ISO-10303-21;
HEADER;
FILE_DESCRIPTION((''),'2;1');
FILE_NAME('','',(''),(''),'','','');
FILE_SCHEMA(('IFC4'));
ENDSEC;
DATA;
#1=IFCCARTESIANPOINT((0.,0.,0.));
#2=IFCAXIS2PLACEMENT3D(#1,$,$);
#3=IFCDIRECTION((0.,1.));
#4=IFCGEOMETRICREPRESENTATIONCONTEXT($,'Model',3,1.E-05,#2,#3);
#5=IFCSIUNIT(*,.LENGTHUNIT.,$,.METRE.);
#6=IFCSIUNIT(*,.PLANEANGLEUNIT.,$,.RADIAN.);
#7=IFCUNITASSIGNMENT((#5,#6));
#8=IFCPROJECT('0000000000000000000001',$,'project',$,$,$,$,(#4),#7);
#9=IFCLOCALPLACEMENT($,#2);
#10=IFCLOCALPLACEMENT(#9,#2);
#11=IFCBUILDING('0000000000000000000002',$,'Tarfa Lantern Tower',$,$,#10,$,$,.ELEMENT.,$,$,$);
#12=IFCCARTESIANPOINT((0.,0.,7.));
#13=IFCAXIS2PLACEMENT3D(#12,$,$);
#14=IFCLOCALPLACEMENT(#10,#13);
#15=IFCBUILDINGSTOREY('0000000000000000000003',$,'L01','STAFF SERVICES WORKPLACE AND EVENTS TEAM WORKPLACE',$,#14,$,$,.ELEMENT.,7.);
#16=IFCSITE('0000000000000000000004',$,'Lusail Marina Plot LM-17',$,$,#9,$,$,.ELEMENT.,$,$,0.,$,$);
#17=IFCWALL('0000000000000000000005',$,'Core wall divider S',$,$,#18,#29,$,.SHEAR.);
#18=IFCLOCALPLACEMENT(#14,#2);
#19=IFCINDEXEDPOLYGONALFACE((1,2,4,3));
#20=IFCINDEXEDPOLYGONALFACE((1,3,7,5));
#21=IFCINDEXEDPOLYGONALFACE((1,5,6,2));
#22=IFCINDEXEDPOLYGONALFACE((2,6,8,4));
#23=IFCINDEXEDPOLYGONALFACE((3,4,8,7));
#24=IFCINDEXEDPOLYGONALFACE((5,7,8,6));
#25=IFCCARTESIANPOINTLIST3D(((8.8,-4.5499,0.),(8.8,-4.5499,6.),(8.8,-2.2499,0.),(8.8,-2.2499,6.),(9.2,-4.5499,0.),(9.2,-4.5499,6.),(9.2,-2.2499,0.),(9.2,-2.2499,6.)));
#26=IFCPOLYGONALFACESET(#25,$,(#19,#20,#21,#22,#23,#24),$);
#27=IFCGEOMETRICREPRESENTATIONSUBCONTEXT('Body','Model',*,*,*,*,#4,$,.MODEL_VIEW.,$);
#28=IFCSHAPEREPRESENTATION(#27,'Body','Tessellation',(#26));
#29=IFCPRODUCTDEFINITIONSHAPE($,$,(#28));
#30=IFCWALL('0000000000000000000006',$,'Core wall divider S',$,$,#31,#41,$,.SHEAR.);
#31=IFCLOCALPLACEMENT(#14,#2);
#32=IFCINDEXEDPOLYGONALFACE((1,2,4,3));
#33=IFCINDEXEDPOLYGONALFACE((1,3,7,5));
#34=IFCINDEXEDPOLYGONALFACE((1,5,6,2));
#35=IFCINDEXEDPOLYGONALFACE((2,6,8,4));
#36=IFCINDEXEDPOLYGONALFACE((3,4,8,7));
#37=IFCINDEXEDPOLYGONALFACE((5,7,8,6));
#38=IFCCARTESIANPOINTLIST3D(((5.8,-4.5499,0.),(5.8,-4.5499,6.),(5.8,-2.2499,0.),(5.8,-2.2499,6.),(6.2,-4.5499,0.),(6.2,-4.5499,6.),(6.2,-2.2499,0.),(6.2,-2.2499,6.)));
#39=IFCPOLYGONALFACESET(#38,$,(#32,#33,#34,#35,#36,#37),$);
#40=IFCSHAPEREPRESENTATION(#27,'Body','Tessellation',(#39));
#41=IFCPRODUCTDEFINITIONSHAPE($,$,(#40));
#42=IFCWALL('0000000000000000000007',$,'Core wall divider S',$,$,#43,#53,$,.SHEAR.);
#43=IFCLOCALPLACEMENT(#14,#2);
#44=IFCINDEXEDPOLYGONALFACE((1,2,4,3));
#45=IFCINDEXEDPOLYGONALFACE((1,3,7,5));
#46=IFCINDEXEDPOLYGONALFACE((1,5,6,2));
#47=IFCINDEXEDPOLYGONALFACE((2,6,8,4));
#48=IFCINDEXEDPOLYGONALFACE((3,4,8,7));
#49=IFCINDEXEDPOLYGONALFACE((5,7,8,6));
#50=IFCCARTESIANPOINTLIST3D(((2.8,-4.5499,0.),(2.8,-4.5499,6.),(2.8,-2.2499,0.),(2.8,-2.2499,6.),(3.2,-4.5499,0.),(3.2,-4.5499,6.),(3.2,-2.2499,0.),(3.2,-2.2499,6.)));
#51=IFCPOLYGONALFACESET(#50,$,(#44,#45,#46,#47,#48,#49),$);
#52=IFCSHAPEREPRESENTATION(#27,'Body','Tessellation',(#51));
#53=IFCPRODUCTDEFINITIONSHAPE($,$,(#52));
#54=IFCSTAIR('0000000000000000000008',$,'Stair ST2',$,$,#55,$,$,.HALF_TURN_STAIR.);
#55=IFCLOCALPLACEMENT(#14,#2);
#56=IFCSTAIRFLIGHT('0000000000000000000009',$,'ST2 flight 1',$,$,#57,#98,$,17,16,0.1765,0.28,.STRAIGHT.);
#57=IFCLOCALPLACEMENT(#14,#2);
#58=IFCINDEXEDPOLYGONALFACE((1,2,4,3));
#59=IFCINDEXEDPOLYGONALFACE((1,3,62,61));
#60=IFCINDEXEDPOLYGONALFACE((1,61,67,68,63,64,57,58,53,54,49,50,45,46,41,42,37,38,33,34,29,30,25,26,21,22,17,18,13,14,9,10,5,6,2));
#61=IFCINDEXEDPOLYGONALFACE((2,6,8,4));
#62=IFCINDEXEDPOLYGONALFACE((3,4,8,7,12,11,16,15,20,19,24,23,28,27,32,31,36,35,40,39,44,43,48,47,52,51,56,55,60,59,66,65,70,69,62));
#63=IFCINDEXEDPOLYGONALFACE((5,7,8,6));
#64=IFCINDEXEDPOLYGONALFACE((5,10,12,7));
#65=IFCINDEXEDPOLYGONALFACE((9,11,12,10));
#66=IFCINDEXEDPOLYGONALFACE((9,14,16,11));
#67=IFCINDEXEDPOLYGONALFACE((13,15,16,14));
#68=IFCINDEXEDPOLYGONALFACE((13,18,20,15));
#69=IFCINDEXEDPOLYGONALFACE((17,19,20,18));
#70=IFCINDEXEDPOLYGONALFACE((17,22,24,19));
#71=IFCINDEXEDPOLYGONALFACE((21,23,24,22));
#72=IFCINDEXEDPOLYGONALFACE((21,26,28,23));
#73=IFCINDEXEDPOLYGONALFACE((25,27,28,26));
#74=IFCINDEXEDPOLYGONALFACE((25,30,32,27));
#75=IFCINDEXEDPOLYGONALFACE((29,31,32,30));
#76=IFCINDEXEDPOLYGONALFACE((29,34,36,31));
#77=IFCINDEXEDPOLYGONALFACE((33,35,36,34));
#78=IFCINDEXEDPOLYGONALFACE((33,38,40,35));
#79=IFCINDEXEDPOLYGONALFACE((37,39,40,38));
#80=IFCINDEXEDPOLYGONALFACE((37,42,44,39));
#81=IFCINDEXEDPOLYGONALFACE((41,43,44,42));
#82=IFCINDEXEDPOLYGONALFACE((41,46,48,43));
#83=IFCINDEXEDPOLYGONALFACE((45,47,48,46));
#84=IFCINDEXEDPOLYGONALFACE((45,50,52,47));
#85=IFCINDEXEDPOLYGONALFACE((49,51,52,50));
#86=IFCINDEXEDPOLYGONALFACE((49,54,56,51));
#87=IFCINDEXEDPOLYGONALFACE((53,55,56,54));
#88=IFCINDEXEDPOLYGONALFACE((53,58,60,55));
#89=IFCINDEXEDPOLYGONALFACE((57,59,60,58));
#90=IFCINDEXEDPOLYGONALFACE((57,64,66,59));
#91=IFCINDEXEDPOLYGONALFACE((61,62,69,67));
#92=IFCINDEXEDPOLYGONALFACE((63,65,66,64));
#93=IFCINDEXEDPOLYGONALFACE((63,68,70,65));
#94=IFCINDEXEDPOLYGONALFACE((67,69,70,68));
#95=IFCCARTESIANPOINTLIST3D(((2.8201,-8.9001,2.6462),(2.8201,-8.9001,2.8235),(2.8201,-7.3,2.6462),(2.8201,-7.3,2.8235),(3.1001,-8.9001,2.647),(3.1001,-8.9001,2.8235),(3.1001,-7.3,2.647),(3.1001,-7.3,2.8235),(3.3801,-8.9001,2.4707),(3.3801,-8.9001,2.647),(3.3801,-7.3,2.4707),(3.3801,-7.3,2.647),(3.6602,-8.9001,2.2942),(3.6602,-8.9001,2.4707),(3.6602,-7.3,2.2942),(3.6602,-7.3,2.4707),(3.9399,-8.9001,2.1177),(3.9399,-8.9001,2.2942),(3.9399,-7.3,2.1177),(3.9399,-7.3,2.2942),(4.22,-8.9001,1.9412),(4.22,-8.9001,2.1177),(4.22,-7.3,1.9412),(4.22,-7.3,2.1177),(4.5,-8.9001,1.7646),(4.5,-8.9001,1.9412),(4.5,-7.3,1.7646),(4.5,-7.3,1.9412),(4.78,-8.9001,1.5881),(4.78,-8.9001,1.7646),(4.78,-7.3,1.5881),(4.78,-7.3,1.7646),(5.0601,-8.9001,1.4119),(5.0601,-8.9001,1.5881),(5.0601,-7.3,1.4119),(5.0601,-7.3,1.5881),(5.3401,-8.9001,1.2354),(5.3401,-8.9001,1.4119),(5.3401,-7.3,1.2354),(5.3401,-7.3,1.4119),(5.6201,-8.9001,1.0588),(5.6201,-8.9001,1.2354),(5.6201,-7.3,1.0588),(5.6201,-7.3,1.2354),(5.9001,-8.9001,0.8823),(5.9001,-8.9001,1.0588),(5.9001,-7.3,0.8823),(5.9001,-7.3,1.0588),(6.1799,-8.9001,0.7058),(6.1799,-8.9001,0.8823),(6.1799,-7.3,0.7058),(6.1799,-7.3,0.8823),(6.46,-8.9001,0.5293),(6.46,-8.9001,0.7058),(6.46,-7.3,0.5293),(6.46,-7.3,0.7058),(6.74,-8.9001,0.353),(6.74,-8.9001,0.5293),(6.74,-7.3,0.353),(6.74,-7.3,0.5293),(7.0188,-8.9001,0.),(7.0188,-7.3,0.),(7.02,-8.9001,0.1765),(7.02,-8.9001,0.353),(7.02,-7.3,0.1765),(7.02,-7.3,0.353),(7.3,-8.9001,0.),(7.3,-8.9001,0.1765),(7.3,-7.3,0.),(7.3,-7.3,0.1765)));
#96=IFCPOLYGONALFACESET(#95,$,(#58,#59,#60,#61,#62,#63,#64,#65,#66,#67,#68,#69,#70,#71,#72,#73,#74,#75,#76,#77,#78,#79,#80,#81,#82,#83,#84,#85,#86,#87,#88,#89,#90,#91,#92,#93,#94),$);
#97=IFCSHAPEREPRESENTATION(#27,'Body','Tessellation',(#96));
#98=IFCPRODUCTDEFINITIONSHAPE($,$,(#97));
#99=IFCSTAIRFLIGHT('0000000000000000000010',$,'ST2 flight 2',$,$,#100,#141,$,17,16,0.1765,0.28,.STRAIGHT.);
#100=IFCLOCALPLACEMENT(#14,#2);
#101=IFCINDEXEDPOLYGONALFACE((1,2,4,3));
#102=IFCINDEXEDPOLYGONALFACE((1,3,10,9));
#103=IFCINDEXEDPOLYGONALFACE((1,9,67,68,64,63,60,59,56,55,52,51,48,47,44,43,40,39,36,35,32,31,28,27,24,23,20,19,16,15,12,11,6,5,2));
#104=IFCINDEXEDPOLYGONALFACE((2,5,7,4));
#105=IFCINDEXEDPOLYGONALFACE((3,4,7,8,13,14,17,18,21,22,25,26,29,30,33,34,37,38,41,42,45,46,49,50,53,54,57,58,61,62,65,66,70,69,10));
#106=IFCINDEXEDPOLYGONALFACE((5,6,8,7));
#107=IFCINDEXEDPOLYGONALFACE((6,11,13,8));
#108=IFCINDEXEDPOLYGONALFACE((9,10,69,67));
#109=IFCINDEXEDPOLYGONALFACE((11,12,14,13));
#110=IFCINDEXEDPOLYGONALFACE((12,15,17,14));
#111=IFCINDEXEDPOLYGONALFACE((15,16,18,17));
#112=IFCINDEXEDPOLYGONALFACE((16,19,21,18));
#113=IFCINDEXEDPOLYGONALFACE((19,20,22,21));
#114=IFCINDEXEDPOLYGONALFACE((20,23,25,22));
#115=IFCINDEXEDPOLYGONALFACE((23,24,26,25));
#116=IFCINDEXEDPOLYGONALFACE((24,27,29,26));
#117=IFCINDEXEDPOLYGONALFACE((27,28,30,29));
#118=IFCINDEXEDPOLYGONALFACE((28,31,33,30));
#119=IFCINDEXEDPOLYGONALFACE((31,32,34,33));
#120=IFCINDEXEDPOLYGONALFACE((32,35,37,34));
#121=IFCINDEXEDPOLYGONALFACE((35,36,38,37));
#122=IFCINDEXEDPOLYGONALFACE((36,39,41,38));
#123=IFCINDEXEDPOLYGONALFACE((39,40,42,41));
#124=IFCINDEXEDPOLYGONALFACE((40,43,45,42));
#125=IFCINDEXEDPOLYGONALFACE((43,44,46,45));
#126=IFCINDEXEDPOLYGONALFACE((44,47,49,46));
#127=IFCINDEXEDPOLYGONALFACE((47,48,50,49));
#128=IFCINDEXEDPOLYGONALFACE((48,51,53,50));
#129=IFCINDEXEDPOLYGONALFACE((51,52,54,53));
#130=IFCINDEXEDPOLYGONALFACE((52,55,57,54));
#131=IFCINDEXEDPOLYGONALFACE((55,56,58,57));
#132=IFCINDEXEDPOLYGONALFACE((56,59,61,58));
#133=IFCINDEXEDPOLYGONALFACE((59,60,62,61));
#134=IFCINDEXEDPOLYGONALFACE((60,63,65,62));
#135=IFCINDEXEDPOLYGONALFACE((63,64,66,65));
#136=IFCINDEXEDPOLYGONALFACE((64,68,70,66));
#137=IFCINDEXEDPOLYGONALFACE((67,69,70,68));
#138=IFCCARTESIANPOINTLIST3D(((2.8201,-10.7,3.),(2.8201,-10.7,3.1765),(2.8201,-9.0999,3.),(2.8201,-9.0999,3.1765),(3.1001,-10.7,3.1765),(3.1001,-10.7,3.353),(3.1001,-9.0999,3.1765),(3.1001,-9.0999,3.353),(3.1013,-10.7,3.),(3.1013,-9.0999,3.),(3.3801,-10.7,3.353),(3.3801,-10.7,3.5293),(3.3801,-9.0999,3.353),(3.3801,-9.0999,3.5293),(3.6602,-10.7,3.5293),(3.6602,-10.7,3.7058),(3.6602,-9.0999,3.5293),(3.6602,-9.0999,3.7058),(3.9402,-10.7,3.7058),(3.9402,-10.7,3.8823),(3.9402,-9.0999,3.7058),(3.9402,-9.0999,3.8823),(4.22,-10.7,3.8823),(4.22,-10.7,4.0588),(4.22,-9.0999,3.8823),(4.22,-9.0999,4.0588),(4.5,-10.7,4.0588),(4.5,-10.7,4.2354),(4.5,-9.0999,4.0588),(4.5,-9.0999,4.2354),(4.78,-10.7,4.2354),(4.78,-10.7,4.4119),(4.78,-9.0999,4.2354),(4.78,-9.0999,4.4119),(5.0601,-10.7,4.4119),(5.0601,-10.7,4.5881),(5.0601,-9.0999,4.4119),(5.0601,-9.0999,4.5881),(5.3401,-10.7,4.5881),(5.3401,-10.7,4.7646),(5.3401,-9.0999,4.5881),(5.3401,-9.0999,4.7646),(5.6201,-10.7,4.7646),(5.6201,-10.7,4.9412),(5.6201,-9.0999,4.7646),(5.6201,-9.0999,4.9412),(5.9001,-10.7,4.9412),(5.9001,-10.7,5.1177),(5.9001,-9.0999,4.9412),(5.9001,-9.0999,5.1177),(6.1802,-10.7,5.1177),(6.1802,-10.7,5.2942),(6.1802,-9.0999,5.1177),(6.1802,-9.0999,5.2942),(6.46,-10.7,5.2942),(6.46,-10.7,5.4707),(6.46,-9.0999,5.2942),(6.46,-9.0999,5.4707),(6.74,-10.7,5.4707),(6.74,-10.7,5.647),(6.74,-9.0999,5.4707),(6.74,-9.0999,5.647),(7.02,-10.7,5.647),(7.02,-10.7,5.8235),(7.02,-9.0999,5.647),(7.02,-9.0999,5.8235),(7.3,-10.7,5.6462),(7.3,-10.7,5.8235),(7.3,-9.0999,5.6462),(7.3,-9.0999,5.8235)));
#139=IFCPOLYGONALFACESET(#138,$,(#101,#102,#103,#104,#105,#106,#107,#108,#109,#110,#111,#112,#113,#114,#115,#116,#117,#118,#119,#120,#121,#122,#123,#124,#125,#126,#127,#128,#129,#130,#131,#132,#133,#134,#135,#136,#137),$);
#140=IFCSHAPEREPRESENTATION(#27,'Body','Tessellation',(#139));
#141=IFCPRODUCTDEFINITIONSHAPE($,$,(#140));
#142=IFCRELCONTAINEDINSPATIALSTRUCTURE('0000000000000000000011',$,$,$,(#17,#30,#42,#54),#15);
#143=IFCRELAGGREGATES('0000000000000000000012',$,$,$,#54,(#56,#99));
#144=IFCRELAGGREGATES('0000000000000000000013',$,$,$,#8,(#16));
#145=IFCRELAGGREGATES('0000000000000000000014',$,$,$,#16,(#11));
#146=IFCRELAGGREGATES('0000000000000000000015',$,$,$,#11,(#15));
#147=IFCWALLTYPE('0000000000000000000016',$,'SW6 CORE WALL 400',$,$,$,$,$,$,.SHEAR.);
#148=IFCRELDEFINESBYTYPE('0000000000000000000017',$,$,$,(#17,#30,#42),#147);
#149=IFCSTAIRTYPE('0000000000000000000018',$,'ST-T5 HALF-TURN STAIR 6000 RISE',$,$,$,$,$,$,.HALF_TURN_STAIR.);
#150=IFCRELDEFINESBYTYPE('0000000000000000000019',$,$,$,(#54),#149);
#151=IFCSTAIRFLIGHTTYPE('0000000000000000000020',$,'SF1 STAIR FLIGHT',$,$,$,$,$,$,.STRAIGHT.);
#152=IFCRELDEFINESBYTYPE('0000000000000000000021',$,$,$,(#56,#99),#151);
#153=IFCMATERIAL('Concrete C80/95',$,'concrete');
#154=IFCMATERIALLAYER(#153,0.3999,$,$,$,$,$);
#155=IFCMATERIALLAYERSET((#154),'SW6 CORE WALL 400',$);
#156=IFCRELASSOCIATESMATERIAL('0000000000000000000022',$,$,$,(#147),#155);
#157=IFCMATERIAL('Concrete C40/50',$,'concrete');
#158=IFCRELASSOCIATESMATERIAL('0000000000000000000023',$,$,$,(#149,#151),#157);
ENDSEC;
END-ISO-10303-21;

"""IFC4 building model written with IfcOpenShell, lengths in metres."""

from ifc_helpers import new_model, si_unit, direction, frame, frame_2d, origin, place, context, subcontext, project, spatial, polyline, rectangle, outline, extrude, material, layer, layer_set, type_object, element, aggregate, save


model = new_model("IFC4")

# Units and contexts
model_context = context("Model", 3, precision=1e-05, world=origin(), true_north=direction((0.0, 1.0)))
body_context = subcontext(model_context, "Body", "Model", "MODEL_VIEW")
ifc_project = project(units=[si_unit("LENGTHUNIT", "METRE"), si_unit("PLANEANGLEUNIT", "RADIAN")], contexts=[model_context])

# Site, building, storey
site_placement = place(None, origin())
site = spatial("IfcSite", under=ifc_project, at=site_placement, Name="Lusail Marina Plot LM-17", CompositionType="ELEMENT", RefElevation=0.0)
building_placement = place(site_placement, origin())
building = spatial("IfcBuilding", under=site, at=building_placement, Name="Tarfa Lantern Tower", CompositionType="ELEMENT")
storey_placement = place(building_placement, frame((0.0, 0.0, 7.0)))
storey = spatial("IfcBuildingStorey", under=building, at=storey_placement, Name="L01", Description="STAFF SERVICES WORKPLACE AND EVENTS TEAM WORKPLACE", CompositionType="ELEMENT", Elevation=7.0)

# Shared definitions
ifc_material_1 = material(Name="Concrete C80/95", Category="concrete")

# Walls
ifc_layer_1 = layer(ifc_material_1, 0.3999)
ifc_layer_set_1 = layer_set([ifc_layer_1], Name="SW6 CORE WALL 400")
wall_type_1 = type_object("IfcWallType", Name="SW6 CORE WALL 400", PredefinedType="SHEAR", material=ifc_layer_set_1)
for number, where, z_axis, x_axis, name in (
    (1, (9.0, -2.25, 0.0), (0.0, 0.0, 1.0), (0.0, -1.0, 0.0), "Core wall divider S"),
    (2, (6.0, -2.25, 0.0), (0.0, 0.0, 1.0), (0.0, -1.0, 0.0), "Core wall divider S"),
    (3, (3.0, -2.25, 0.0), (0.0, 0.0, 1.0), (0.0, -1.0, 0.0), "Core wall divider S"),
):
    element("IfcWall", number, at=place(storey_placement, frame(where, z_axis=z_axis, x_axis=x_axis)), inside=storey, type_object=wall_type_1, Name=name, PredefinedType="SHEAR", context=body_context, shape_type="SweptSolid", body=[
        extrude(rectangle(XDim=2.3, YDim=0.3999, at=frame_2d((1.1499, 0.0))), origin(), (0.0, 0.0, 1.0), 6.0),
    ])

# Stair, stair flights
ifc_material_2 = material(Name="Concrete C40/50", Category="concrete")
stair_type = type_object("IfcStairType", Name="ST-T5 HALF-TURN STAIR 6000 RISE", PredefinedType="HALF_TURN_STAIR", material=ifc_material_2)
stair_placement = place(storey_placement, origin())
stair = element("IfcStair", 4, at=stair_placement, inside=storey, type_object=stair_type, Name="Stair ST2", PredefinedType="HALF_TURN_STAIR")
stair_flight_type = type_object("IfcStairFlightType", Name="SF1 STAIR FLIGHT", PredefinedType="STRAIGHT", material=ifc_material_2)
stair_flight_1_placement = place(storey_placement, frame((7.3, -8.1001, 0.0), z_axis=(0.0, 0.0, 1.0), x_axis=(-1.0, 0.0, 0.0)))
stair_flight_1 = element("IfcStairFlight", 5, at=stair_flight_1_placement, type_object=stair_flight_type, Name="ST2 flight 1", NumberOfRisers=17, NumberOfTreads=16, PredefinedType="STRAIGHT", RiserHeight=0.1765, TreadLength=0.28, context=body_context, shape_type="SweptSolid", body=[
    extrude(outline(polyline([(0.0, 0.0), (0.0, 0.1765), (0.28, 0.1765), (0.28, 0.353), (0.5601, 0.353), (0.5601, 0.5293), (0.8401, 0.5293), (0.8401, 0.7058), (1.1201, 0.7058), (1.1201, 0.8823), (1.3999, 0.8823), (1.3999, 1.0588), (1.6799, 1.0588), (1.6799, 1.2354), (1.96, 1.2354), (1.96, 1.4119), (2.24, 1.4119), (2.24, 1.5881), (2.52, 1.5881), (2.52, 1.7646), (2.8, 1.7646), (2.8, 1.9412), (3.0801, 1.9412), (3.0801, 2.1177), (3.3601, 2.1177), (3.3601, 2.2942), (3.6399, 2.2942), (3.6399, 2.4707), (3.9199, 2.4707), (3.9199, 2.647), (4.2, 2.647), (4.2, 2.8235), (4.48, 2.8235), (4.48, 3.0), (4.48, 2.6462), (0.2812, 0.0), (0.0, 0.0)])), frame((0.0, 0.8, 0.0), z_axis=(0.0, -1.0, 0.0), x_axis=(1.0, 0.0, 0.0)), (0.0, 0.0, 1.0), 1.6001),
])
stair_flight_2_placement = place(storey_placement, frame((2.8201, -9.8999, 3.0), z_axis=(0.0, 0.0, 1.0), x_axis=(1.0, 0.0, 0.0)))
stair_flight_2 = element("IfcStairFlight", 6, at=stair_flight_2_placement, type_object=stair_flight_type, Name="ST2 flight 2", NumberOfRisers=17, NumberOfTreads=16, PredefinedType="STRAIGHT", RiserHeight=0.1765, TreadLength=0.28, context=body_context, shape_type="SweptSolid", body=[
    extrude(outline(polyline([(0.0, 0.0), (0.0, 0.1765), (0.28, 0.1765), (0.28, 0.353), (0.5601, 0.353), (0.5601, 0.5293), (0.8401, 0.5293), (0.8401, 0.7058), (1.1201, 0.7058), (1.1201, 0.8823), (1.3999, 0.8823), (1.3999, 1.0588), (1.6799, 1.0588), (1.6799, 1.2354), (1.96, 1.2354), (1.96, 1.4119), (2.24, 1.4119), (2.24, 1.5881), (2.52, 1.5881), (2.52, 1.7646), (2.8, 1.7646), (2.8, 1.9412), (3.0801, 1.9412), (3.0801, 2.1177), (3.3601, 2.1177), (3.3601, 2.2942), (3.6399, 2.2942), (3.6399, 2.4707), (3.9199, 2.4707), (3.9199, 2.647), (4.2, 2.647), (4.2, 2.8235), (4.48, 2.8235), (4.48, 3.0), (4.48, 2.6462), (0.2812, 0.0), (0.0, 0.0)])), frame((0.0, 0.8, 0.0), z_axis=(0.0, -1.0, 0.0), x_axis=(1.0, 0.0, 0.0)), (0.0, 0.0, 1.0), 1.6001),
])
aggregate(stair, [stair_flight_1, stair_flight_2])

save(model, "model.ifc")
